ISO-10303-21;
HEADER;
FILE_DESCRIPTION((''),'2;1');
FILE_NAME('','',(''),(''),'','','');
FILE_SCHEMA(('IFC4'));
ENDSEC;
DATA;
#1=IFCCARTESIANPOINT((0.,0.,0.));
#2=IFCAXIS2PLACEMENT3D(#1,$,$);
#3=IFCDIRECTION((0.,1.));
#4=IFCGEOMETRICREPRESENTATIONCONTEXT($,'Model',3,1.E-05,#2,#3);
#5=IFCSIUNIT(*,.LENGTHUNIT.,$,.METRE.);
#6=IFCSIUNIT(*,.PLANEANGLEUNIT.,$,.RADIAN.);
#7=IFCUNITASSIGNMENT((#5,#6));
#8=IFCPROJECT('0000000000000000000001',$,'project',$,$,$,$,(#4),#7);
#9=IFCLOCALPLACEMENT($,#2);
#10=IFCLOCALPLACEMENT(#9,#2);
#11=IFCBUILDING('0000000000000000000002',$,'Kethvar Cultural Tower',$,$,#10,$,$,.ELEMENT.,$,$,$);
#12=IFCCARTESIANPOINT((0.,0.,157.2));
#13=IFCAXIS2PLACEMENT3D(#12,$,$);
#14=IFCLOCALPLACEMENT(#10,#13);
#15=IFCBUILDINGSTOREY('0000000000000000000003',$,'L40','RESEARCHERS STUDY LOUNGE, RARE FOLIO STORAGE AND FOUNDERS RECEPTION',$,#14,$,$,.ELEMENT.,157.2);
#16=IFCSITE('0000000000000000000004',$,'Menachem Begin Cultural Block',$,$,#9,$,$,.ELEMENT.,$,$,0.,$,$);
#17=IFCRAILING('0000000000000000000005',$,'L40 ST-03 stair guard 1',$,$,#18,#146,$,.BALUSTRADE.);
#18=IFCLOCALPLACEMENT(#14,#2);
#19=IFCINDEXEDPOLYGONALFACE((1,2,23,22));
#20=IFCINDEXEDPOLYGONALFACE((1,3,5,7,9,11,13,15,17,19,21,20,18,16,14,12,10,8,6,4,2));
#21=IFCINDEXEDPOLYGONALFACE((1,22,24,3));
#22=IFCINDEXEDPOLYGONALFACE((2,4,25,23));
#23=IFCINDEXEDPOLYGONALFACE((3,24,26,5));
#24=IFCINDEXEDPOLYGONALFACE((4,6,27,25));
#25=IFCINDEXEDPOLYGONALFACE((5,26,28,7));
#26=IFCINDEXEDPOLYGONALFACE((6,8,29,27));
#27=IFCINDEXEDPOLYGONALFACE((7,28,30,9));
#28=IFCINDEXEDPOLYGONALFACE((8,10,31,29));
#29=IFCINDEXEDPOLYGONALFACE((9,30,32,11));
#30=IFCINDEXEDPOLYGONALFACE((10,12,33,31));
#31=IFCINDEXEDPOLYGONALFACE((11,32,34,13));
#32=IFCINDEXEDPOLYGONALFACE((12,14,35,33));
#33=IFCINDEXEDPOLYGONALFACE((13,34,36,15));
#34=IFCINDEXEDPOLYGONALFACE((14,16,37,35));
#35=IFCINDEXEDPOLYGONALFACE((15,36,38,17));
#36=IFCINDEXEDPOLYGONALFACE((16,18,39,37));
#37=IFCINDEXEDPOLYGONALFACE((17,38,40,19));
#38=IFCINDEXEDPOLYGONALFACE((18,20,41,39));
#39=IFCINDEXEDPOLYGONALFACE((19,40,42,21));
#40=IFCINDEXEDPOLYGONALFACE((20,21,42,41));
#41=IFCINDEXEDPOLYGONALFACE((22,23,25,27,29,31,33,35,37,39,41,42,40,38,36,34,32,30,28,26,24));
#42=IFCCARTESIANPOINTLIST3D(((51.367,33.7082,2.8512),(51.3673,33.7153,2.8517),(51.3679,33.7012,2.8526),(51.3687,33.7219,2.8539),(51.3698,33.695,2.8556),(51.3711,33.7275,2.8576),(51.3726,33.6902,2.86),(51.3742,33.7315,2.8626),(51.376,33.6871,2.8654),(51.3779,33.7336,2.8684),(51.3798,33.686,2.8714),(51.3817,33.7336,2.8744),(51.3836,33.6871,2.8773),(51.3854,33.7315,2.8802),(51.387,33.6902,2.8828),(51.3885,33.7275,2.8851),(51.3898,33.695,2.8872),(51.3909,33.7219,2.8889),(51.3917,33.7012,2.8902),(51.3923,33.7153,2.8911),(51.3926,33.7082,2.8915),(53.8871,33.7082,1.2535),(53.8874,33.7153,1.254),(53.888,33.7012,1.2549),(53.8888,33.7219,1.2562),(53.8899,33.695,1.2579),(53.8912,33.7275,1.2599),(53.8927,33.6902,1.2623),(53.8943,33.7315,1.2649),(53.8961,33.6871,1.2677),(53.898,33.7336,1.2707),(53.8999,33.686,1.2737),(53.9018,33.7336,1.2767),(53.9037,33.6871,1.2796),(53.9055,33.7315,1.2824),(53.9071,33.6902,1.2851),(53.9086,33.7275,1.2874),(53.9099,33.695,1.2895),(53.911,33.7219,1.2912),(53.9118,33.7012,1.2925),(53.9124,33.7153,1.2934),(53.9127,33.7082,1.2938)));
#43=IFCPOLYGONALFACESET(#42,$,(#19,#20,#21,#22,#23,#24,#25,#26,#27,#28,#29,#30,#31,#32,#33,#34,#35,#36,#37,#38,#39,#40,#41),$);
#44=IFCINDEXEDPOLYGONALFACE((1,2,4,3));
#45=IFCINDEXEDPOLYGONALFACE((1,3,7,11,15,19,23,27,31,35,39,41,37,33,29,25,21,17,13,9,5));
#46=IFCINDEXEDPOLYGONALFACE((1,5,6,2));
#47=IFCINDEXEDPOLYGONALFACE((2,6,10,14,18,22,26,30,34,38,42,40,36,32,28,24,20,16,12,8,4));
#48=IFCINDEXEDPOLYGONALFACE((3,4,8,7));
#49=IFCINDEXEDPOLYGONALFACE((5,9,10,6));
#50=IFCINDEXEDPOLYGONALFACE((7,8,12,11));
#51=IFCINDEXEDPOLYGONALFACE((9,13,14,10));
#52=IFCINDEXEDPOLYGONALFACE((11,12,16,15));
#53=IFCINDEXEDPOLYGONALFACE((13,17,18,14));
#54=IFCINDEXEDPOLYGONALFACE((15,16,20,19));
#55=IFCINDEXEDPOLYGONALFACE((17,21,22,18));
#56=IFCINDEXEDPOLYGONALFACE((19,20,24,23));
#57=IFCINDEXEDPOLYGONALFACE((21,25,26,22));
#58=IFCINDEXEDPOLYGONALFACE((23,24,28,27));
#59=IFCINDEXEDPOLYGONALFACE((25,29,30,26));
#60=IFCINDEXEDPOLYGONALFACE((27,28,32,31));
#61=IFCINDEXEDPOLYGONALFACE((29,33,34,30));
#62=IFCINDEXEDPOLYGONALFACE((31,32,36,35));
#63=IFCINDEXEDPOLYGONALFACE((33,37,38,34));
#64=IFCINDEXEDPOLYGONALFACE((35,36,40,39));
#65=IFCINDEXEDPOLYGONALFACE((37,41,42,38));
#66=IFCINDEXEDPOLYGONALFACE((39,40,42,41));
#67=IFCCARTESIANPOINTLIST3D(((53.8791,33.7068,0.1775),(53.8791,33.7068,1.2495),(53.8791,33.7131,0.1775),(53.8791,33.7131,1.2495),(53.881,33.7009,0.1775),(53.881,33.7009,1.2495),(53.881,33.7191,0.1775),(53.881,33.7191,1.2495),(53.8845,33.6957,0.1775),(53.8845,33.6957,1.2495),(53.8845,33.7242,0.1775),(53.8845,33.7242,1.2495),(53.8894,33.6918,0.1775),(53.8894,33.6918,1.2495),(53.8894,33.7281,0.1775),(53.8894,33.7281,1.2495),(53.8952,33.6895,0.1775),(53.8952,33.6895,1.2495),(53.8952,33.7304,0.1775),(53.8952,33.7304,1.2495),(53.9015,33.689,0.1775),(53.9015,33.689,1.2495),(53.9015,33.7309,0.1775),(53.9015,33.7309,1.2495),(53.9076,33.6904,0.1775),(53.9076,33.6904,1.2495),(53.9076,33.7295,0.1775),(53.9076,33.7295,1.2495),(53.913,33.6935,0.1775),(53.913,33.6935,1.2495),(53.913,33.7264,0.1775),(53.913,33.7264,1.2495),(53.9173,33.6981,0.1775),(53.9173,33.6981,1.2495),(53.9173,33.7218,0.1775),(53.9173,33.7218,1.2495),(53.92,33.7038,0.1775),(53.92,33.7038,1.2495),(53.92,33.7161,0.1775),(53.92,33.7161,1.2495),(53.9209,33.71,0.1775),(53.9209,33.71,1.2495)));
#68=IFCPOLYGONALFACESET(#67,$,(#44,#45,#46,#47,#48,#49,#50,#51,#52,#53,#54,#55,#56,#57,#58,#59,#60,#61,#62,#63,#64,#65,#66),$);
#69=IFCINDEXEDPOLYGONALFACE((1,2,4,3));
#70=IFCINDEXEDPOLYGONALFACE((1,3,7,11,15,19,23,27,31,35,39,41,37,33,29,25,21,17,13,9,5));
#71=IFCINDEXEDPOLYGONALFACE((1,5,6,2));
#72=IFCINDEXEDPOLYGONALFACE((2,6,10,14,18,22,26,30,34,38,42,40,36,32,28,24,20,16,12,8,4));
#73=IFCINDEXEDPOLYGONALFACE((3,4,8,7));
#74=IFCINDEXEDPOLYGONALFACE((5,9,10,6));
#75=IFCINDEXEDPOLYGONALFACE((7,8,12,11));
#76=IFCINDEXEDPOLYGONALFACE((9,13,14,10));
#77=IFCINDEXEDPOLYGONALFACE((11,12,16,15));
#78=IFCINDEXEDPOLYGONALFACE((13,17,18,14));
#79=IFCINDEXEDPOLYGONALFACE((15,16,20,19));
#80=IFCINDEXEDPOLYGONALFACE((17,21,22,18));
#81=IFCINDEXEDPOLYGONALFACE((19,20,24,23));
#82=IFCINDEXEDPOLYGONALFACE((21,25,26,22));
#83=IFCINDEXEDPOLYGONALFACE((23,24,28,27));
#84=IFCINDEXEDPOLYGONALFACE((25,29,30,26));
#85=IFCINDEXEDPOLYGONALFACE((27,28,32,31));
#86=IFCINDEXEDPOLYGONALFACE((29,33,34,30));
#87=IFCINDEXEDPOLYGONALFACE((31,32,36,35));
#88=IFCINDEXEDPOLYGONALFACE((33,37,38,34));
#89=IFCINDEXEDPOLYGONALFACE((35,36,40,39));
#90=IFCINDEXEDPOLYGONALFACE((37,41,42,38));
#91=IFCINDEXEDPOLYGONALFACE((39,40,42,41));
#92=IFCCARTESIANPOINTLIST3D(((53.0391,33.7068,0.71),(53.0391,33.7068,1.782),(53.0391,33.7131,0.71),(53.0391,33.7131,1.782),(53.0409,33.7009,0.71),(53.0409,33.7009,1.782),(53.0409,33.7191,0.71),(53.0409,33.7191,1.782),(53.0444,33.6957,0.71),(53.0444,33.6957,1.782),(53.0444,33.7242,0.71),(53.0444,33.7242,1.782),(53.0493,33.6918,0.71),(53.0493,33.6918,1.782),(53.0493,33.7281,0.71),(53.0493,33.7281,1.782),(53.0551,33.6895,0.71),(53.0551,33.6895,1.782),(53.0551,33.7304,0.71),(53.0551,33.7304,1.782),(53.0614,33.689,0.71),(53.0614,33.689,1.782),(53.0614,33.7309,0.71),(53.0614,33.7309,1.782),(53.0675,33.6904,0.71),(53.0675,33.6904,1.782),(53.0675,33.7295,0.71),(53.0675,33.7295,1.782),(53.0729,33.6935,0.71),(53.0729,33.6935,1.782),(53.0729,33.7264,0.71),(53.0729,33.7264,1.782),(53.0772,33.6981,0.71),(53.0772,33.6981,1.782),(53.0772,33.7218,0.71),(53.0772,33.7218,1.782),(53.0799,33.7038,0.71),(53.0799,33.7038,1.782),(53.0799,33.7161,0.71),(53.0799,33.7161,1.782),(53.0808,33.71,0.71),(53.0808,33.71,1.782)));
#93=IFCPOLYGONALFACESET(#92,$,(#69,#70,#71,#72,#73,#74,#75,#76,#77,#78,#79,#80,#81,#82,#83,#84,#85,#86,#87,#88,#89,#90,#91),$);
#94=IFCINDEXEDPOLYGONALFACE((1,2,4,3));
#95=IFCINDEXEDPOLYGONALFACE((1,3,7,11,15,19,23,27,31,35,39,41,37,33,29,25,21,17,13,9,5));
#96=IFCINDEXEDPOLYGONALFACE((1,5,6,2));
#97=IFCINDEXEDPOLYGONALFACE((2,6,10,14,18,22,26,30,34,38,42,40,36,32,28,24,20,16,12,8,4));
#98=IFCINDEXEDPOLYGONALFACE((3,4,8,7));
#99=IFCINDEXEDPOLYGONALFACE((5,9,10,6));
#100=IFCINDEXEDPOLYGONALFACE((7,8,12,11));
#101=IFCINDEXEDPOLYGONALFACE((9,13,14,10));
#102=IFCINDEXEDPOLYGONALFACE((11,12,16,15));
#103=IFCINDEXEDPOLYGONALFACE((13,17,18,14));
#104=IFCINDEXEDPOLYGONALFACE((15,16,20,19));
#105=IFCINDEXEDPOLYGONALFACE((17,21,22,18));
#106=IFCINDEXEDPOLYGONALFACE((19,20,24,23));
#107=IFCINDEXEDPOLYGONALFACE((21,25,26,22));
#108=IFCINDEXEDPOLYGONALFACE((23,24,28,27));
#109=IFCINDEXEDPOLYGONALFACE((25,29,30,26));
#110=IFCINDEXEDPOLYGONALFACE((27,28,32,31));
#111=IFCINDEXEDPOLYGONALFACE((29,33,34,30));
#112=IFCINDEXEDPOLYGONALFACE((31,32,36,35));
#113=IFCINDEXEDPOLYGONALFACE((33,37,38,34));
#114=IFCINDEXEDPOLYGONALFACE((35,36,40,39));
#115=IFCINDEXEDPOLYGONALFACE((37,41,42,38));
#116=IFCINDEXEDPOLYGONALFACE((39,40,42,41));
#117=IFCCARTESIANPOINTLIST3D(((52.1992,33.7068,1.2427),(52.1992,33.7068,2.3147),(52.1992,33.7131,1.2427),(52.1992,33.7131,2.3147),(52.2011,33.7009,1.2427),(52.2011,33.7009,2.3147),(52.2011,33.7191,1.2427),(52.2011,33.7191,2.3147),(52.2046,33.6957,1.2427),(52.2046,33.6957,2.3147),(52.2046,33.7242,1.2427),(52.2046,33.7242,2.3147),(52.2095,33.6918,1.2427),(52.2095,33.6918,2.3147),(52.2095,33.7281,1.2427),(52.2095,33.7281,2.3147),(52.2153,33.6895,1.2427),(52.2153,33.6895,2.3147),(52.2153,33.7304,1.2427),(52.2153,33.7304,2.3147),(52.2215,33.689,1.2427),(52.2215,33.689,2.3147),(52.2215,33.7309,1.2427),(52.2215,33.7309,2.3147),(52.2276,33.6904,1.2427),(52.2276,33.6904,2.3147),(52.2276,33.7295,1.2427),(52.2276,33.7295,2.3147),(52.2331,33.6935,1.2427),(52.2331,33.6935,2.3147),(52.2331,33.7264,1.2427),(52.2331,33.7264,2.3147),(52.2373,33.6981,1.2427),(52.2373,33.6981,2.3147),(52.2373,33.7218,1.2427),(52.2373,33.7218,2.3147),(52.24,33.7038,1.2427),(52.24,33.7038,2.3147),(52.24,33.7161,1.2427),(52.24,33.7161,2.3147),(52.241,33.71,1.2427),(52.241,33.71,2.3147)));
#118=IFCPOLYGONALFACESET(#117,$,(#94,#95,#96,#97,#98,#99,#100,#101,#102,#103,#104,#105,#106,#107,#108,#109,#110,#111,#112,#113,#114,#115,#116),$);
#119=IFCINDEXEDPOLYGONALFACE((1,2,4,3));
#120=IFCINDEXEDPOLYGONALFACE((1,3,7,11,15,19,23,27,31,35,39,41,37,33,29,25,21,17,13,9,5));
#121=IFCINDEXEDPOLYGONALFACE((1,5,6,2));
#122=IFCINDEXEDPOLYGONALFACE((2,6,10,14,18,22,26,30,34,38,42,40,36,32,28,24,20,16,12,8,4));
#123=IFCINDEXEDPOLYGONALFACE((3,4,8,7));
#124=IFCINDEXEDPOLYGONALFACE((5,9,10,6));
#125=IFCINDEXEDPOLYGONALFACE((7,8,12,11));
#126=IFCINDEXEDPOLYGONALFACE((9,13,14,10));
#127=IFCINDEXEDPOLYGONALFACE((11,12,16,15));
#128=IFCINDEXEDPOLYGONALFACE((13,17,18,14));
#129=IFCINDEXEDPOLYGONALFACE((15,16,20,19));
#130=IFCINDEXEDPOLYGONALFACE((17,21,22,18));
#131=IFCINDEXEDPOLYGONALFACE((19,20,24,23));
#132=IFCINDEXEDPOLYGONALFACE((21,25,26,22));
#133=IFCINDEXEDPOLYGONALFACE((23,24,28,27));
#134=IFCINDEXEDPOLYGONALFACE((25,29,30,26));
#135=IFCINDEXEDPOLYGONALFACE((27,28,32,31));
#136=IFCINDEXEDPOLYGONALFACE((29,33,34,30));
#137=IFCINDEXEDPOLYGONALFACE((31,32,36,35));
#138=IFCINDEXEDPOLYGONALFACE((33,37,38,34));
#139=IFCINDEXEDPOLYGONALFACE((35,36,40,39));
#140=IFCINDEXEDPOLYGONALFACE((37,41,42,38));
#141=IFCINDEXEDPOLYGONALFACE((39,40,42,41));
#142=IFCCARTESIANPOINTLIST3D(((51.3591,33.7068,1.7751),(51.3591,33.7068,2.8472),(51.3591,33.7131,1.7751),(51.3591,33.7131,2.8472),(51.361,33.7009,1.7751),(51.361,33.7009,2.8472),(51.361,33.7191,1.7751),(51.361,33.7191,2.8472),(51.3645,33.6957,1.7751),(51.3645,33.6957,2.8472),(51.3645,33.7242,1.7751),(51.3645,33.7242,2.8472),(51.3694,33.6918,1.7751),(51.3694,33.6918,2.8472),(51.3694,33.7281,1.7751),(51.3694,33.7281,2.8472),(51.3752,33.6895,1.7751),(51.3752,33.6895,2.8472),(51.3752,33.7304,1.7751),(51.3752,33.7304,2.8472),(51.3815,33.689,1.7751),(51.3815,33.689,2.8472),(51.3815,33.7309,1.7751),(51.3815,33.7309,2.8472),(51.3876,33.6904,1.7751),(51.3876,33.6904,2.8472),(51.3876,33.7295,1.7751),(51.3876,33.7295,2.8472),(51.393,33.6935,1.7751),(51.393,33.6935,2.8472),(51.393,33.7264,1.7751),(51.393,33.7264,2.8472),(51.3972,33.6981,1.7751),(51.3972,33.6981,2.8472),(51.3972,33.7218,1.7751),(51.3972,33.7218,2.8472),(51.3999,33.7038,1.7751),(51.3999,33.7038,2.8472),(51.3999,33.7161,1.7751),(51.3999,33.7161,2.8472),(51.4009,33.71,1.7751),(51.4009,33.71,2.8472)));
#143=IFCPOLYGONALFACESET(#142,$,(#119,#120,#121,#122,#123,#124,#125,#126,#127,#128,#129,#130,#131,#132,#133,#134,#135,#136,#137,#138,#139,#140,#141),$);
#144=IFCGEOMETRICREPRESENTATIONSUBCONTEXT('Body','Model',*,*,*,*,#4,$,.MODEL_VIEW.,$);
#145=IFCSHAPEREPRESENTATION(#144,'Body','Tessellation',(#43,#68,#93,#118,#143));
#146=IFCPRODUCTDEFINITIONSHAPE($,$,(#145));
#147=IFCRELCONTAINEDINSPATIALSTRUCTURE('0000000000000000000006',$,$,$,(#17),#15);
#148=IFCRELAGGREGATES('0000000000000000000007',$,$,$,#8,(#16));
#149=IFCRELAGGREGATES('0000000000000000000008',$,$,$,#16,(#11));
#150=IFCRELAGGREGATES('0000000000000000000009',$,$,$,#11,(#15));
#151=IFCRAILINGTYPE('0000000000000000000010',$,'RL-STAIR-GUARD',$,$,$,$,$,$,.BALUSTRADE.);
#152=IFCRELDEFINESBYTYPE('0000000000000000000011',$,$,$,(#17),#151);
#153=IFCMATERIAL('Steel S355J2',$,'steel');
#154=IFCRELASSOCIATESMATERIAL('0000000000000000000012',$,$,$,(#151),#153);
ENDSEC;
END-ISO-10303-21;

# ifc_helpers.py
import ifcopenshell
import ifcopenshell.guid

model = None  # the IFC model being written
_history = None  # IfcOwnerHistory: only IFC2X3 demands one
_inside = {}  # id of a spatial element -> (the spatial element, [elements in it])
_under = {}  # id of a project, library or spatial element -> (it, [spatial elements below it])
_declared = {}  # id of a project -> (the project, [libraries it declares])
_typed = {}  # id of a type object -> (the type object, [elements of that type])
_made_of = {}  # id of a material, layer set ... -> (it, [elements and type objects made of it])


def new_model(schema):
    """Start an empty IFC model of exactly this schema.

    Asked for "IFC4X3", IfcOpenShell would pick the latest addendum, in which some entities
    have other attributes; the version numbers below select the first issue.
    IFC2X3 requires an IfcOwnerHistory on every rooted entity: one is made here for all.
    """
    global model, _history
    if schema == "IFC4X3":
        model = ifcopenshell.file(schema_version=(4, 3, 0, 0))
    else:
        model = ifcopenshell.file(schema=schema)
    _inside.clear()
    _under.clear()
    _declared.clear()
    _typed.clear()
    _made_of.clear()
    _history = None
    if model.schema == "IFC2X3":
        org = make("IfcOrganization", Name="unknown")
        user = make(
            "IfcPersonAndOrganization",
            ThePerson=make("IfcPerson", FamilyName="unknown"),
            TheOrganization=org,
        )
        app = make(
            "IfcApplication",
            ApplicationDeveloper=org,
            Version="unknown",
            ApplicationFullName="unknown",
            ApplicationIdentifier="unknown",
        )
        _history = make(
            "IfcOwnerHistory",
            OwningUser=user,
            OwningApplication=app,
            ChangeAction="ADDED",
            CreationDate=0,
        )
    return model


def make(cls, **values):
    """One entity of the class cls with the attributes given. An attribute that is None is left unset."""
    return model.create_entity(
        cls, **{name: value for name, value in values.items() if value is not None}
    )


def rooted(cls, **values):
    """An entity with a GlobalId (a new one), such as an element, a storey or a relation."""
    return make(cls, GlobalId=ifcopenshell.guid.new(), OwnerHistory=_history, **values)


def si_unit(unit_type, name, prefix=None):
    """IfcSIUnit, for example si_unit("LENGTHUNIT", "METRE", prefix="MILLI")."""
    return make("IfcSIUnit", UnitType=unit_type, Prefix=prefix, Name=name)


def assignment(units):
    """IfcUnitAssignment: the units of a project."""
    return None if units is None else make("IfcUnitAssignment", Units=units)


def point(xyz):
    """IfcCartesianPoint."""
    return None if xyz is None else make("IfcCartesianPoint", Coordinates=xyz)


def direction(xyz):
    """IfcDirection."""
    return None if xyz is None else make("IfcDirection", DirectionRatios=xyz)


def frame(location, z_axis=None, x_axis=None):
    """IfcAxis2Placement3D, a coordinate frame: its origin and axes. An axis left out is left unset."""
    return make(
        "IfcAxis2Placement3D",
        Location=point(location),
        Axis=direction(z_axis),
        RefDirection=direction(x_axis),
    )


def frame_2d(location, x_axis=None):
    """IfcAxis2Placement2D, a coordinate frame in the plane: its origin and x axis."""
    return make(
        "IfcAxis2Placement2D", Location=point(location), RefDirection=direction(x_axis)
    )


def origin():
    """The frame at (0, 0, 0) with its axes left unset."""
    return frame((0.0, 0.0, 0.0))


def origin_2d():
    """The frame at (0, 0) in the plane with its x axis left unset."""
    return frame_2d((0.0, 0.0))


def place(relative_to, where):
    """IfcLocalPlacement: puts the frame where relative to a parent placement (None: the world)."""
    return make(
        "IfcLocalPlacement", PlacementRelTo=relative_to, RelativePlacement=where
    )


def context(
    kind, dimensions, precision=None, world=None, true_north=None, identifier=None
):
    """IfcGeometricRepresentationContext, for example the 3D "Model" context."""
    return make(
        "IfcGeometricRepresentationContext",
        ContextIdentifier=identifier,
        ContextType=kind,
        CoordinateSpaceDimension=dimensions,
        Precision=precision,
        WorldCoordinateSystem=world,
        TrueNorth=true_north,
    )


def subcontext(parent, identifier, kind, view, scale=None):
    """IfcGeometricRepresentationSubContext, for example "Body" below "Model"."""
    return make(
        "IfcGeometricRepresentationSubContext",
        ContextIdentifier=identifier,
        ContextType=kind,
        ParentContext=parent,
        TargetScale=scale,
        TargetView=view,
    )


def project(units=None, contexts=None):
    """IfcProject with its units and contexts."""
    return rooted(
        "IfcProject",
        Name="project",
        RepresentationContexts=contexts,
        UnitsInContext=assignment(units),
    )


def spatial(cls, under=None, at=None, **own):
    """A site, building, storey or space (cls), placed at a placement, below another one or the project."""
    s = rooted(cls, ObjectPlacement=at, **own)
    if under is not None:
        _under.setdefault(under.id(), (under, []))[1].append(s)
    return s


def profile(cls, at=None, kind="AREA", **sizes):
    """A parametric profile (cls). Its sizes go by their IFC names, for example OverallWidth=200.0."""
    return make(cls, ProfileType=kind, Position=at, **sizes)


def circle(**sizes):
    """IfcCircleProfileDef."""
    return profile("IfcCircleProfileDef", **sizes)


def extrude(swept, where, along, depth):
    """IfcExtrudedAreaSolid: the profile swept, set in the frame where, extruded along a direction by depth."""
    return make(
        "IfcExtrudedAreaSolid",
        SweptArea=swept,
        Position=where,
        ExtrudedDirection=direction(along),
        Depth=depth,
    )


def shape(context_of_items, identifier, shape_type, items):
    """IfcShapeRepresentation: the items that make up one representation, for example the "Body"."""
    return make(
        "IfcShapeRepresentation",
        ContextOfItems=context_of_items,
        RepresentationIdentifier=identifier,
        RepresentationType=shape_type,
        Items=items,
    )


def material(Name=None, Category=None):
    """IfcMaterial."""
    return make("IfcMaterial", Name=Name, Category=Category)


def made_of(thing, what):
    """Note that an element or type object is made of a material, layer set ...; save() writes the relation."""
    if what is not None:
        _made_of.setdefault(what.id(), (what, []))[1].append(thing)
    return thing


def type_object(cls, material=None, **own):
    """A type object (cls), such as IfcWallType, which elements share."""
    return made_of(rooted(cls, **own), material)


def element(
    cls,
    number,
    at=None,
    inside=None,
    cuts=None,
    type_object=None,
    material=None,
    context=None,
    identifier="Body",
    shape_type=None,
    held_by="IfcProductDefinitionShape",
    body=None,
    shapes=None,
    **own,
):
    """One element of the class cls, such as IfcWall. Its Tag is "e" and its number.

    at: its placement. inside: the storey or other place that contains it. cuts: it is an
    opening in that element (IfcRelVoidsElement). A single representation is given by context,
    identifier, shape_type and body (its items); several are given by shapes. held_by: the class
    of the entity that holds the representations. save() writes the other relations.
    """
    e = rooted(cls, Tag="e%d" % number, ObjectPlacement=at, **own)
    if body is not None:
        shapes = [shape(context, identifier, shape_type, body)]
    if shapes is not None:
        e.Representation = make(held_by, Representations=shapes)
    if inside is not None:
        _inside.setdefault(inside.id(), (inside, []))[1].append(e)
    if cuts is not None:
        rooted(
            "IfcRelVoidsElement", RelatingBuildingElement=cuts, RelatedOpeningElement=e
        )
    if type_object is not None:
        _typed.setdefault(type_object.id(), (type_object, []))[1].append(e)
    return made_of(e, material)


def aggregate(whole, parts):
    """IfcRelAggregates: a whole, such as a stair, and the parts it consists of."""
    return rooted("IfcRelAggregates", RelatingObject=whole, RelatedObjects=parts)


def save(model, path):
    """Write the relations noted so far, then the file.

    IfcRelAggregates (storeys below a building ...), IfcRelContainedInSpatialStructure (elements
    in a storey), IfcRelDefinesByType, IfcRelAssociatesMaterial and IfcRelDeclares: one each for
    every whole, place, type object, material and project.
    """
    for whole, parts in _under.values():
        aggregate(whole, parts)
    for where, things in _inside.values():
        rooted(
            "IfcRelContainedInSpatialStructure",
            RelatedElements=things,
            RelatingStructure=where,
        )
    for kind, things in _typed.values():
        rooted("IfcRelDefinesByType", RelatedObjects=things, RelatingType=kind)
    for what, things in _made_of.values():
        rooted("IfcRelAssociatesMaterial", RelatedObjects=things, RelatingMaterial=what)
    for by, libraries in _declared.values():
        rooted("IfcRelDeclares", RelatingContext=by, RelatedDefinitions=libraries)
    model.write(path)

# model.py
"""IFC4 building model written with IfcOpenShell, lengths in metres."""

from ifc_helpers import new_model, si_unit, direction, frame, origin, origin_2d, place, context, subcontext, project, spatial, circle, extrude, material, type_object, element, save


model = new_model("IFC4")

# Units and contexts
model_context = context("Model", 3, precision=1e-05, world=origin(), true_north=direction((0.0, 1.0)))
body_context = subcontext(model_context, "Body", "Model", "MODEL_VIEW")
ifc_project = project(units=[si_unit("LENGTHUNIT", "METRE"), si_unit("PLANEANGLEUNIT", "RADIAN")], contexts=[model_context])

# Site, building, storey
site_placement = place(None, origin())
site = spatial("IfcSite", under=ifc_project, at=site_placement, Name="Menachem Begin Cultural Block", CompositionType="ELEMENT", RefElevation=0.0)
building_placement = place(site_placement, origin())
building = spatial("IfcBuilding", under=site, at=building_placement, Name="Kethvar Cultural Tower", CompositionType="ELEMENT")
storey_placement = place(building_placement, frame((0.0, 0.0, 157.2)))
storey = spatial("IfcBuildingStorey", under=building, at=storey_placement, Name="L40", Description="RESEARCHERS STUDY LOUNGE, RARE FOLIO STORAGE AND FOUNDERS RECEPTION", CompositionType="ELEMENT", Elevation=157.2)

# Shared definitions
ifc_material_1 = material(Name="Steel S355J2", Category="steel")

# Railing
railing_type_1 = type_object("IfcRailingType", Name="RL-STAIR-GUARD", PredefinedType="BALUSTRADE", material=ifc_material_1)
railing_1_placement = place(storey_placement, frame((53.8999, 33.71, 0.1775)))
element("IfcRailing", 1, at=railing_1_placement, inside=storey, type_object=railing_type_1, Name="L40 ST-03 stair guard 1", PredefinedType="BALUSTRADE", context=body_context, shape_type="SweptSolid", body=[
    extrude(circle(Radius=0.0239, at=origin_2d()), frame((0.0, 0.0, 1.0962), z_axis=(-0.84457, 0.0, 0.535445), x_axis=(0.0, -1.0, 0.0)), (0.0, 0.0, 1.0), 2.9839),
    extrude(circle(Radius=0.021, at=origin_2d()), origin(), (0.0, 0.0, 1.0), 1.072),
    extrude(circle(Radius=0.021, at=origin_2d()), frame((-0.8401, 0.0, 0.5325)), (0.0, 0.0, 1.0), 1.072),
    extrude(circle(Radius=0.021, at=origin_2d()), frame((-1.6799, 0.0, 1.0652)), (0.0, 0.0, 1.0), 1.072),
    extrude(circle(Radius=0.021, at=origin_2d()), frame((-2.52, 0.0, 1.5977)), (0.0, 0.0, 1.0), 1.072),
])

save(model, "model.ifc")
